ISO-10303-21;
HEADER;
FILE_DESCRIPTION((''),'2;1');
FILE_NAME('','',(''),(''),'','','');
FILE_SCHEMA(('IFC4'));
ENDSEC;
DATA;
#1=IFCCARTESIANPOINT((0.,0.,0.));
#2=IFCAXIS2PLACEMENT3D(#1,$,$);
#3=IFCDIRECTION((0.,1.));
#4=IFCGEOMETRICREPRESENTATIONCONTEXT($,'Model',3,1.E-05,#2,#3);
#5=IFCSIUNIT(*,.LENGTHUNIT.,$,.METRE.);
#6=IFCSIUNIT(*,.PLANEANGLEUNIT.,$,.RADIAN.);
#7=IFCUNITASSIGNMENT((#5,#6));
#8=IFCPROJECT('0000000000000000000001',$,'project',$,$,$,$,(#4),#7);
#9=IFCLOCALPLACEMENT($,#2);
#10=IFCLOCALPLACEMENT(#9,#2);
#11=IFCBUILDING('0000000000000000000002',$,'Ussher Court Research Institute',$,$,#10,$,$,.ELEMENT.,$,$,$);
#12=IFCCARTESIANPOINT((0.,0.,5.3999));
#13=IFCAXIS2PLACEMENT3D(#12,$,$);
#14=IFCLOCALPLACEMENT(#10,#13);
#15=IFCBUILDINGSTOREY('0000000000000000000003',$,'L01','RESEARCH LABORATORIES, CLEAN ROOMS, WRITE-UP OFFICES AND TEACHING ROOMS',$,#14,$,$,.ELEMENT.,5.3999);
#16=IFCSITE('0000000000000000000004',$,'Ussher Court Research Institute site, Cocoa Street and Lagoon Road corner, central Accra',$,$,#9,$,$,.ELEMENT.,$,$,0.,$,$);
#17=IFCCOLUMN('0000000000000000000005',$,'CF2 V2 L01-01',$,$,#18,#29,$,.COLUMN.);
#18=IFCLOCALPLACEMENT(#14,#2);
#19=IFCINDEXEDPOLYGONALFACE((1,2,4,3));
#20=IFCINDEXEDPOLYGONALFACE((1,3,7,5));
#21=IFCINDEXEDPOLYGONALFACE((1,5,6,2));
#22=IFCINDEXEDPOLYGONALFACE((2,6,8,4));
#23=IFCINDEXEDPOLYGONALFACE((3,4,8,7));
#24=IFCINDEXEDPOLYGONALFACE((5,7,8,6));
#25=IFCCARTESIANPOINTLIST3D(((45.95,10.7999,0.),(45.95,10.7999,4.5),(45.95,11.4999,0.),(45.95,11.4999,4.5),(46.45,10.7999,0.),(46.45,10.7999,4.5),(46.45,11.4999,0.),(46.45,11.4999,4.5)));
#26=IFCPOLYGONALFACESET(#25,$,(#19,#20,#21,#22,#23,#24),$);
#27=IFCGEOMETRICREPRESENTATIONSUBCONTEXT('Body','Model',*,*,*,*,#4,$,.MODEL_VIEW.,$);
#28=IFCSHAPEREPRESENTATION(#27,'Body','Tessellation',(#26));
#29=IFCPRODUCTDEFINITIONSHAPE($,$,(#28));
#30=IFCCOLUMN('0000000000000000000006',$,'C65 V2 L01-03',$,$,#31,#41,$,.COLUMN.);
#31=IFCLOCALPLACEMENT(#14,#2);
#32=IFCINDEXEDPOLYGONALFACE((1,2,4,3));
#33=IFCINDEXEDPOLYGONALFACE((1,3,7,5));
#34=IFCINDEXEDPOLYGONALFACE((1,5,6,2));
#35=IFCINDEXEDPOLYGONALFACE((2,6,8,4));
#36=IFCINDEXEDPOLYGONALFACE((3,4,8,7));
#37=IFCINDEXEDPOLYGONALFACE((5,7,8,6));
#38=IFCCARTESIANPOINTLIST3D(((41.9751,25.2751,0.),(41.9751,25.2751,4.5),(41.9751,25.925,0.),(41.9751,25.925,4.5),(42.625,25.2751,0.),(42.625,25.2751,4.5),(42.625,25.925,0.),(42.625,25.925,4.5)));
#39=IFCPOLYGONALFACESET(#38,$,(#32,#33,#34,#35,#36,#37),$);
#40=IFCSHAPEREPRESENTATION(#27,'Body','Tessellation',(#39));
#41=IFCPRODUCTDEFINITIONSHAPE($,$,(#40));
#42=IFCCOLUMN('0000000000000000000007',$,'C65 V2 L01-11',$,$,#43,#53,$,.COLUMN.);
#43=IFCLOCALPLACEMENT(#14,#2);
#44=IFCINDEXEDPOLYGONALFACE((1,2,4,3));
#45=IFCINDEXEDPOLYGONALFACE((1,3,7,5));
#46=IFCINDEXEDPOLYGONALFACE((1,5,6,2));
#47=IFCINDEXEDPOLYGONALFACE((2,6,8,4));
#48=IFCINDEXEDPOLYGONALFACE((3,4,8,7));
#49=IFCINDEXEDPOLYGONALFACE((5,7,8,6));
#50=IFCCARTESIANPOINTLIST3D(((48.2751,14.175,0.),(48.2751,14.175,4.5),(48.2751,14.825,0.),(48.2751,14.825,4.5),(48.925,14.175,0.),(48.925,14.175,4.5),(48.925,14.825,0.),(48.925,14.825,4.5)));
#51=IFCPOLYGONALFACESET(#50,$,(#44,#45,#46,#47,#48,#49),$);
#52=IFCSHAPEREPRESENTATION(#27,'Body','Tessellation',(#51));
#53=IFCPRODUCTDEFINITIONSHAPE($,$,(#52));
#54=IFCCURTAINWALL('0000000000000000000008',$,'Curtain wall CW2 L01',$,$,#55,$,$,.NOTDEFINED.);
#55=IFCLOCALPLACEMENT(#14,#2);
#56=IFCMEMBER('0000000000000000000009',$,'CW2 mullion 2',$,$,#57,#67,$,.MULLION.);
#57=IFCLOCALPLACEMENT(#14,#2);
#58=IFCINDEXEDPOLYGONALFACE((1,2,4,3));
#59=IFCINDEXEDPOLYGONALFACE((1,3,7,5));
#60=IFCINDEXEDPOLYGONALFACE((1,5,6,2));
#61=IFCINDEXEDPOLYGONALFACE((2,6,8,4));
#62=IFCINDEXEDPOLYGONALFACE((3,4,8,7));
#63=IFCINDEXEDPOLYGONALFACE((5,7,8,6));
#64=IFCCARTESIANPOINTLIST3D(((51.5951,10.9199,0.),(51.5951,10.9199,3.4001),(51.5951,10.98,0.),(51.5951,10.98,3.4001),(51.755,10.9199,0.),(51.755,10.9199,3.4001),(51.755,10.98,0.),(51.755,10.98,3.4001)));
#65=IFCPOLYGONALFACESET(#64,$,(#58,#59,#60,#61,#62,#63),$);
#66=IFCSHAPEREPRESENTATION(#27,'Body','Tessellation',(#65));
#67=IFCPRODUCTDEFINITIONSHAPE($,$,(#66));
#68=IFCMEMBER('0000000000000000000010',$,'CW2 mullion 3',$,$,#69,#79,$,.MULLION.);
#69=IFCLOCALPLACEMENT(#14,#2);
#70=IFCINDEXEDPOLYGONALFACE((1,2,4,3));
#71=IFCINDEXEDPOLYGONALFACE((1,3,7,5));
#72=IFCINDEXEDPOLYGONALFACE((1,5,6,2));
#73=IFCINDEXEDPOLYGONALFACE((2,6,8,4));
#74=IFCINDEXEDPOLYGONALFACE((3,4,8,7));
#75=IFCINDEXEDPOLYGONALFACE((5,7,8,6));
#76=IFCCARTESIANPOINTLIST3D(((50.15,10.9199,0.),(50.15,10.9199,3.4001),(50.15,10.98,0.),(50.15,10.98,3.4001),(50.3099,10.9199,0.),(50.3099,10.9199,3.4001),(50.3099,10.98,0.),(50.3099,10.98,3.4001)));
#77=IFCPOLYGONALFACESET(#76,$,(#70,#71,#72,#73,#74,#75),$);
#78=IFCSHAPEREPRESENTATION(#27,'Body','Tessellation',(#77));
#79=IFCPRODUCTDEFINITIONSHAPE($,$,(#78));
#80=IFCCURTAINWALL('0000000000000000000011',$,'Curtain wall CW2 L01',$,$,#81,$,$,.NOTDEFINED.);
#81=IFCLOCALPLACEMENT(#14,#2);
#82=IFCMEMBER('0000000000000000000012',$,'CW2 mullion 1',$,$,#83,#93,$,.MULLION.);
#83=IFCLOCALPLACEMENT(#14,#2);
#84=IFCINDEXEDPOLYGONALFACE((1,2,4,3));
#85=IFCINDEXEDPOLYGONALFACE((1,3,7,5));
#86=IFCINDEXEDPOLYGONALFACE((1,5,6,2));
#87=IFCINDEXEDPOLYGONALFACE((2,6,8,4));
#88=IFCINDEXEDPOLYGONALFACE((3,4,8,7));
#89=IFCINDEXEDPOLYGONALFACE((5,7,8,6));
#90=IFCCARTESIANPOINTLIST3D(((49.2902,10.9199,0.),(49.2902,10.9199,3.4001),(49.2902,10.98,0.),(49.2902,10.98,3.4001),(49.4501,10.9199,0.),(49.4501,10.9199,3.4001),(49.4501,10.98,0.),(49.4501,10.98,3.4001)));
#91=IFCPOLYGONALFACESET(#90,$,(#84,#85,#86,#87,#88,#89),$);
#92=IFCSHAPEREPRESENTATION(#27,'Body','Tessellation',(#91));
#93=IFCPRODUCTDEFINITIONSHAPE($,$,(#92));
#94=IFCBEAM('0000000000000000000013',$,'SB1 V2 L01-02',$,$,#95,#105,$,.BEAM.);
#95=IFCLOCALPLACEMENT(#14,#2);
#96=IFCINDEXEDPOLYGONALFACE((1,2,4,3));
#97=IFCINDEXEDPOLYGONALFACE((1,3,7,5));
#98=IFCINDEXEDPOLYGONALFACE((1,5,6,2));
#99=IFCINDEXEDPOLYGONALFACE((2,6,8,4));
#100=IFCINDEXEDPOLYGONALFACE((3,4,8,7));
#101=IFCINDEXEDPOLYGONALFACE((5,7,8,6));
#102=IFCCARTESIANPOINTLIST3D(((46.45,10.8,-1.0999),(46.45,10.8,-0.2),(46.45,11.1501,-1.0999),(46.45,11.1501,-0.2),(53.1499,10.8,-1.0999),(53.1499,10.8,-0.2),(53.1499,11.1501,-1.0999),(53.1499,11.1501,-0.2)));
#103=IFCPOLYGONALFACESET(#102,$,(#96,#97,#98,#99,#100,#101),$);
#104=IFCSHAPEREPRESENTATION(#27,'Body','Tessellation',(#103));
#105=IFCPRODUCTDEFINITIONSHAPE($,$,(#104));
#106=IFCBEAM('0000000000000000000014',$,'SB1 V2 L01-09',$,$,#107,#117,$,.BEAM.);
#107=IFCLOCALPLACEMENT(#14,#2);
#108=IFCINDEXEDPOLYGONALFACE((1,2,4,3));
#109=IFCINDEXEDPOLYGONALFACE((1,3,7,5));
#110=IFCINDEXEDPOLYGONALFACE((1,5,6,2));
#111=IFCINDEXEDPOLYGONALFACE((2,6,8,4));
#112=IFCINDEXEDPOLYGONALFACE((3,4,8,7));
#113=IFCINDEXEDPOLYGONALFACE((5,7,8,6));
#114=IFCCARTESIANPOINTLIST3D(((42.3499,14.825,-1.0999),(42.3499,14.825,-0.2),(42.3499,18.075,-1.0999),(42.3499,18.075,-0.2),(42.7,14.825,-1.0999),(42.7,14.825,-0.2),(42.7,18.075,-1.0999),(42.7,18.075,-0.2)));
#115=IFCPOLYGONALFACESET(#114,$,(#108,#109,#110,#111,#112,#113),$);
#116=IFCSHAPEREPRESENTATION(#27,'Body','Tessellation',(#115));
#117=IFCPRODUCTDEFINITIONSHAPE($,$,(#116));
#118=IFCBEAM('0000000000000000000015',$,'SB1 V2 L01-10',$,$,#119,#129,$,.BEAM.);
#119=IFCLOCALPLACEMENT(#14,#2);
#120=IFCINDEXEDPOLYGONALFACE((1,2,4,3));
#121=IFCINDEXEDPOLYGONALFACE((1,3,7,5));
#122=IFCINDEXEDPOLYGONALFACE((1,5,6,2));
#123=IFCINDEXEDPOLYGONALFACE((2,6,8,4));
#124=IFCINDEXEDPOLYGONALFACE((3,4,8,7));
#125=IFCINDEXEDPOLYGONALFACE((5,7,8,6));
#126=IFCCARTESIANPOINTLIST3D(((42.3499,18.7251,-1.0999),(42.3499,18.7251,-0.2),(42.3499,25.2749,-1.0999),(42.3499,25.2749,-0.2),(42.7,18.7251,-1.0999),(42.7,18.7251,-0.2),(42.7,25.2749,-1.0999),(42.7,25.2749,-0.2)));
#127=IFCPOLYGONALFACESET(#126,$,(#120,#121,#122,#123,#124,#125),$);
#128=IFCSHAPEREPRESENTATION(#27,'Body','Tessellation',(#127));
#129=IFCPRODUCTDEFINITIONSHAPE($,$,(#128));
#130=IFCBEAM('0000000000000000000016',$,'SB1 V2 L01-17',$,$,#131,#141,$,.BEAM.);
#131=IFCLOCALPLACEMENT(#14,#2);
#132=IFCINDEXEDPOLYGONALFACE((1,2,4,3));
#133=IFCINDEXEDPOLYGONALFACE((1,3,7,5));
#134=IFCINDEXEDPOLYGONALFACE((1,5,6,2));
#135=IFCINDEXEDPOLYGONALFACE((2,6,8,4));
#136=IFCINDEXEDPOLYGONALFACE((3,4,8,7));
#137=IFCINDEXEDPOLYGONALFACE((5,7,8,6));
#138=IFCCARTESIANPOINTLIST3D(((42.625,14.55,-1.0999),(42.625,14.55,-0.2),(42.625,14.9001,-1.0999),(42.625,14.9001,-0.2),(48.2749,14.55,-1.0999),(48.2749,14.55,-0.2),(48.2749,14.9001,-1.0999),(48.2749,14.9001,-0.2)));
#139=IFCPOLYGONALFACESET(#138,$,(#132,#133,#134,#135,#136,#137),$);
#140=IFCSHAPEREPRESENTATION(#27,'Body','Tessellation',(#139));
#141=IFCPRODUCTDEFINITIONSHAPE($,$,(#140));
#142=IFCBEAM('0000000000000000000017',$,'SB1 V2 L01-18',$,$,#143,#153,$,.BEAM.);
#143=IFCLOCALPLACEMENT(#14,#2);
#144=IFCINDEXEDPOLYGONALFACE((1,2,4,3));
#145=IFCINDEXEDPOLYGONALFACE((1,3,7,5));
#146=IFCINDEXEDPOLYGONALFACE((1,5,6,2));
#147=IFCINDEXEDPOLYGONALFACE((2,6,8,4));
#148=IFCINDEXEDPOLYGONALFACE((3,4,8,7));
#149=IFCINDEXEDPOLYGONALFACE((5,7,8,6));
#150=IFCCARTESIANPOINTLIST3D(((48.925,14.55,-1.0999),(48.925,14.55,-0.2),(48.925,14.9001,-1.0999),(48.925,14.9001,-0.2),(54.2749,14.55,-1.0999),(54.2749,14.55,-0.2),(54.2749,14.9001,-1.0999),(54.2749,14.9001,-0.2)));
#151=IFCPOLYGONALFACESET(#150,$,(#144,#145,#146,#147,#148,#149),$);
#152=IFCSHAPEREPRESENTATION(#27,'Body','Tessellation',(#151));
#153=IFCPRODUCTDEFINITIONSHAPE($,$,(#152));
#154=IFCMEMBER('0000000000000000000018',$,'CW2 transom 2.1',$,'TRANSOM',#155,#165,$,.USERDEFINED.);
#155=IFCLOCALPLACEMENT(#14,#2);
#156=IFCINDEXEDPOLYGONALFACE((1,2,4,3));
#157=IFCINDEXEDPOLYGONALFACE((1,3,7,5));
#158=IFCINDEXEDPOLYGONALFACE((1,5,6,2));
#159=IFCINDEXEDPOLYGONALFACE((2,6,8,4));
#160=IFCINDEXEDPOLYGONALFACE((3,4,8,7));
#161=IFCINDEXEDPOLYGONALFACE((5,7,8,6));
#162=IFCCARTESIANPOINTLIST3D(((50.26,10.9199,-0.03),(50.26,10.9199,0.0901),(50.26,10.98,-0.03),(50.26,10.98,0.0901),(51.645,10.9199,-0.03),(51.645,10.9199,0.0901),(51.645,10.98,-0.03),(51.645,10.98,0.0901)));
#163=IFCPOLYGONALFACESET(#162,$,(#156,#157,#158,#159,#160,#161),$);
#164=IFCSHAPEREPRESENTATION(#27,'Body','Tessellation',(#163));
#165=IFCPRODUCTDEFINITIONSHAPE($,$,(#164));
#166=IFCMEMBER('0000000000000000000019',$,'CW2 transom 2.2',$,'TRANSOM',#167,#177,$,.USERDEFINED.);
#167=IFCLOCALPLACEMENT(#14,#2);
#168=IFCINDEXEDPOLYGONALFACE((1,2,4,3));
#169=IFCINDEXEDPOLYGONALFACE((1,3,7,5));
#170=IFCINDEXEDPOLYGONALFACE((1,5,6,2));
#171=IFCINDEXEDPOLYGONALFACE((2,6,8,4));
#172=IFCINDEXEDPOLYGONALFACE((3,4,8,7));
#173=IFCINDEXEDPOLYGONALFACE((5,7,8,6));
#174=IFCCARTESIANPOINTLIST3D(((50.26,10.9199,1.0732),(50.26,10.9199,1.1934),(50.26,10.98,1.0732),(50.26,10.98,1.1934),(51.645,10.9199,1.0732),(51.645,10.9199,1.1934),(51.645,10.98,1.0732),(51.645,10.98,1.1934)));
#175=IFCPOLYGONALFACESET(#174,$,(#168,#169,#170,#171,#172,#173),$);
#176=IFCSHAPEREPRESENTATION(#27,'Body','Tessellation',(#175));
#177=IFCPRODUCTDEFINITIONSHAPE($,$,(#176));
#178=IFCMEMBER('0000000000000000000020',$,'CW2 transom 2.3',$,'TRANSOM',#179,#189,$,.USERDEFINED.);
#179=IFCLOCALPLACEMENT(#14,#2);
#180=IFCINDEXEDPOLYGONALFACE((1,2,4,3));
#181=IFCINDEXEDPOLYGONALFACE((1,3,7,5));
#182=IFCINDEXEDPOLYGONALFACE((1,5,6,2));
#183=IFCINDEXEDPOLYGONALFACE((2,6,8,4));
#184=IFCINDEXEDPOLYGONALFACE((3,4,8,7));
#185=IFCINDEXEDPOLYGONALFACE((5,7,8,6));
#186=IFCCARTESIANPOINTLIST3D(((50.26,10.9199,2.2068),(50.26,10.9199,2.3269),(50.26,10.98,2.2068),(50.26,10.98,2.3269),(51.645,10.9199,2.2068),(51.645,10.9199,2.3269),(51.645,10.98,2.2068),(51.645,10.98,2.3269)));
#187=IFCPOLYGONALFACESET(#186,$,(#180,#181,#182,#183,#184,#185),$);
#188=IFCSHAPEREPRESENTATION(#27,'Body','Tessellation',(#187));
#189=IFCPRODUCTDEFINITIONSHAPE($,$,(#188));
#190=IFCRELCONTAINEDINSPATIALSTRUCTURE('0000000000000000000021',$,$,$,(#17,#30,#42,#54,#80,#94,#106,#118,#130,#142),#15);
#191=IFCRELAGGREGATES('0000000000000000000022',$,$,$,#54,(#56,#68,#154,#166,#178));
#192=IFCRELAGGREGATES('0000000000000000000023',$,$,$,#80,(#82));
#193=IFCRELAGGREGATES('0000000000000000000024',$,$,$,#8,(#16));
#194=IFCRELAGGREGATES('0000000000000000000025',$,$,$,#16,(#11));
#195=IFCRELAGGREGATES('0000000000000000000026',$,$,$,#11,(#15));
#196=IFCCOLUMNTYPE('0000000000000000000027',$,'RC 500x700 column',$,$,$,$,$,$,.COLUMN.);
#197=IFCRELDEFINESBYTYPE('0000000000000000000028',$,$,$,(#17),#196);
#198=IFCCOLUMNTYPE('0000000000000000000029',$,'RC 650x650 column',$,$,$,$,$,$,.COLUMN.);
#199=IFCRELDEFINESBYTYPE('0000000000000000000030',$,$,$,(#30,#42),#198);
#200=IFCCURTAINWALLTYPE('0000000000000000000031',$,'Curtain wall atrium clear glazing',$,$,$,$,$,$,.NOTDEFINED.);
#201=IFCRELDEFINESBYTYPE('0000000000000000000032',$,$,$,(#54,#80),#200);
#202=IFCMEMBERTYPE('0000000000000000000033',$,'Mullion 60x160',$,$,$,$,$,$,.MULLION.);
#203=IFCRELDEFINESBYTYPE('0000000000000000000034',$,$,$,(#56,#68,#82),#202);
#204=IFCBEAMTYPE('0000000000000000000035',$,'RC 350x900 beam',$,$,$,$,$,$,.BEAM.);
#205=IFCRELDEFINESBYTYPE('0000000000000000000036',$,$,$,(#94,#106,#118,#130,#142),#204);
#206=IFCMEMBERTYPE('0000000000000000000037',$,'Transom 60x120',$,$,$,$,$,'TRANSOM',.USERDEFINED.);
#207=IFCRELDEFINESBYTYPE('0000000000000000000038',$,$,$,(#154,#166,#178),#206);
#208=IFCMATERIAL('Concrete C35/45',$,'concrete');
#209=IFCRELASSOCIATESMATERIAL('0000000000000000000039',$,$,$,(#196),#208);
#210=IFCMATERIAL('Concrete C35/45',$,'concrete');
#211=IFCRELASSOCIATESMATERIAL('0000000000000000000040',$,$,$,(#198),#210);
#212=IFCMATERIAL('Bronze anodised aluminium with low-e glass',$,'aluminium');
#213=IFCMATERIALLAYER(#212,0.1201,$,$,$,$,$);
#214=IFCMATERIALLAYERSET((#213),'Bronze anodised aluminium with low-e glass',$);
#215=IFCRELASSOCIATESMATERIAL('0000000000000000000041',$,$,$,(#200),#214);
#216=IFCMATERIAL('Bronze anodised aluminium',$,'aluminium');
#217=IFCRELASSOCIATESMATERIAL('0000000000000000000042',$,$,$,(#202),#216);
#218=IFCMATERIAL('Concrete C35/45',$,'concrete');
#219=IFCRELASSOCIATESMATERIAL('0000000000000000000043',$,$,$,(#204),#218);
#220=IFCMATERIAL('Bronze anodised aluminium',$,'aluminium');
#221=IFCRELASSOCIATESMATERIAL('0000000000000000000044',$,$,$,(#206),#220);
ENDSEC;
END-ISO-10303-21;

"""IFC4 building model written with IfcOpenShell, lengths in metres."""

from ifc_helpers import new_model, si_unit, direction, frame, origin, origin_2d, place, context, subcontext, project, spatial, rectangle, extrude, material, layer, layer_set, material_profile, profile_set, type_object, element, aggregate, save


model = new_model("IFC4")

# Units and contexts
model_context = context("Model", 3, precision=1e-05, world=origin(), true_north=direction((0.0, 1.0)))
body_context = subcontext(model_context, "Body", "Model", "MODEL_VIEW")
ifc_project = project(units=[si_unit("LENGTHUNIT", "METRE"), si_unit("PLANEANGLEUNIT", "RADIAN")], contexts=[model_context])

# Site, building, storey
site_placement = place(None, origin())
site = spatial("IfcSite", under=ifc_project, at=site_placement, Name="Ussher Court Research Institute site, Cocoa Street and Lagoon Road corner, central Accra", CompositionType="ELEMENT", RefElevation=0.0)
building_placement = place(site_placement, origin())
building = spatial("IfcBuilding", under=site, at=building_placement, Name="Ussher Court Research Institute", CompositionType="ELEMENT")
storey_placement = place(building_placement, frame((0.0, 0.0, 5.3999)))
storey = spatial("IfcBuildingStorey", under=building, at=storey_placement, Name="L01", Description="RESEARCH LABORATORIES, CLEAN ROOMS, WRITE-UP OFFICES AND TEACHING ROOMS", CompositionType="ELEMENT", Elevation=5.3999)

# Columns
ifc_material_1 = material(Name="Concrete C35/45", Category="concrete")
ifc_material_profile_1 = material_profile(ifc_material_1, rectangle(XDim=0.5, YDim=0.7, at=origin_2d()), Name="RC 500x700")
ifc_profile_set_1 = profile_set([ifc_material_profile_1], Name="Concrete C35/45")
column_type_1 = type_object("IfcColumnType", Name="RC 500x700 column", PredefinedType="COLUMN", material=ifc_profile_set_1)
column_placement = place(storey_placement, frame((46.2, 11.1499, 0.0), z_axis=(0.0, 0.0, 1.0), x_axis=(1.0, 0.0, 0.0)))
element("IfcColumn", 1, at=column_placement, inside=storey, type_object=column_type_1, Name="CF2 V2 L01-01", PredefinedType="COLUMN", context=body_context, shape_type="SweptSolid", body=[
    extrude(rectangle(XDim=0.5, YDim=0.7, at=origin_2d()), origin(), (0.0, 0.0, 1.0), 4.5),
])
ifc_material_2 = material(Name="Concrete C35/45", Category="concrete")
ifc_material_profile_2 = material_profile(ifc_material_2, rectangle(XDim=0.6499, YDim=0.6499, at=origin_2d()), Name="RC 650x650")
ifc_profile_set_2 = profile_set([ifc_material_profile_2], Name="Concrete C35/45")
column_type_2 = type_object("IfcColumnType", Name="RC 650x650 column", PredefinedType="COLUMN", material=ifc_profile_set_2)
for number, where, z_axis, x_axis, name in (
    (2, (42.3, 25.6001, 0.0), (0.0, 0.0, 1.0), (1.0, 0.0, 0.0), "C65 V2 L01-03"),
    (3, (48.6001, 14.5, 0.0), (0.0, 0.0, 1.0), (1.0, 0.0, 0.0), "C65 V2 L01-11"),
):
    element("IfcColumn", number, at=place(storey_placement, frame(where, z_axis=z_axis, x_axis=x_axis)), inside=storey, type_object=column_type_2, Name=name, PredefinedType="COLUMN", context=body_context, shape_type="SweptSolid", body=[
        extrude(rectangle(XDim=0.6499, YDim=0.6499, at=origin_2d()), origin(), (0.0, 0.0, 1.0), 4.5),
    ])

# Curtain wall, members
ifc_material_3 = material(Name="Bronze anodised aluminium with low-e glass", Category="aluminium")
ifc_layer_1 = layer(ifc_material_3, 0.1201)
ifc_layer_set_1 = layer_set([ifc_layer_1], Name="Bronze anodised aluminium with low-e glass")
curtain_wall_type = type_object("IfcCurtainWallType", Name="Curtain wall atrium clear glazing", PredefinedType="NOTDEFINED", material=ifc_layer_set_1)
curtain_wall_1_placement = place(storey_placement, origin())
curtain_wall_1 = element("IfcCurtainWall", 4, at=curtain_wall_1_placement, inside=storey, type_object=curtain_wall_type, Name="Curtain wall CW2 L01", PredefinedType="NOTDEFINED")
ifc_material_4 = material(Name="Bronze anodised aluminium", Category="aluminium")
ifc_material_profile_3 = material_profile(ifc_material_4, rectangle(XDim=0.0601, YDim=0.1599, at=origin_2d()), Name="Mullion 60x160")
ifc_profile_set_3 = profile_set([ifc_material_profile_3], Name="Bronze anodised aluminium")
member_type_1 = type_object("IfcMemberType", Name="Mullion 60x160", PredefinedType="MULLION", material=ifc_profile_set_3)
member_1_placement = place(storey_placement, frame((51.675, 10.95, 0.0), z_axis=(0.0, 0.0, 1.0), x_axis=(0.0, -1.0, 0.0)))
member_1 = element("IfcMember", 5, at=member_1_placement, type_object=member_type_1, Name="CW2 mullion 2", PredefinedType="MULLION", context=body_context, shape_type="SweptSolid", body=[
    extrude(rectangle(XDim=0.0601, YDim=0.1599, at=origin_2d()), origin(), (0.0, 0.0, 1.0), 3.4001),
])
member_2_placement = place(storey_placement, frame((50.23, 10.95, 0.0), z_axis=(0.0, 0.0, 1.0), x_axis=(0.0, -1.0, 0.0)))
member_2 = element("IfcMember", 6, at=member_2_placement, type_object=member_type_1, Name="CW2 mullion 3", PredefinedType="MULLION", context=body_context, shape_type="SweptSolid", body=[
    extrude(rectangle(XDim=0.0601, YDim=0.1599, at=origin_2d()), origin(), (0.0, 0.0, 1.0), 3.4001),
])

# Curtain wall, member
curtain_wall_2_placement = place(storey_placement, origin())
curtain_wall_2 = element("IfcCurtainWall", 7, at=curtain_wall_2_placement, inside=storey, type_object=curtain_wall_type, Name="Curtain wall CW2 L01", PredefinedType="NOTDEFINED")
member_3_placement = place(storey_placement, frame((49.3701, 10.95, 0.0), z_axis=(0.0, 0.0, 1.0), x_axis=(0.0, -1.0, 0.0)))
member_3 = element("IfcMember", 8, at=member_3_placement, type_object=member_type_1, Name="CW2 mullion 1", PredefinedType="MULLION", context=body_context, shape_type="SweptSolid", body=[
    extrude(rectangle(XDim=0.0601, YDim=0.1599, at=origin_2d()), origin(), (0.0, 0.0, 1.0), 3.4001),
])

# Beams
ifc_material_5 = material(Name="Concrete C35/45", Category="concrete")
ifc_material_profile_4 = material_profile(ifc_material_5, rectangle(XDim=0.3501, YDim=0.8999, at=origin_2d()), Name="RC 350x900")
ifc_profile_set_4 = profile_set([ifc_material_profile_4], Name="Concrete C35/45")
beam_type = type_object("IfcBeamType", Name="RC 350x900 beam", PredefinedType="BEAM", material=ifc_profile_set_4)
beam_1_placement = place(storey_placement, frame((46.45, 10.9751, -0.6499), z_axis=(1.0, 0.0, 0.0), x_axis=(0.0, 1.0, 0.0)))
element("IfcBeam", 9, at=beam_1_placement, inside=storey, type_object=beam_type, Name="SB1 V2 L01-02", PredefinedType="BEAM", context=body_context, shape_type="SweptSolid", body=[
    extrude(rectangle(XDim=0.3501, YDim=0.8999, at=origin_2d()), origin(), (0.0, 0.0, 1.0), 6.7),
])
beam_2_placement = place(storey_placement, frame((42.5249, 14.825, -0.6499), z_axis=(0.0, 1.0, 0.0), x_axis=(-1.0, 0.0, 0.0)))
element("IfcBeam", 10, at=beam_2_placement, inside=storey, type_object=beam_type, Name="SB1 V2 L01-09", PredefinedType="BEAM", context=body_context, shape_type="SweptSolid", body=[
    extrude(rectangle(XDim=0.3501, YDim=0.8999, at=origin_2d()), origin(), (0.0, 0.0, 1.0), 3.25),
])
beam_3_placement = place(storey_placement, frame((42.5249, 18.7251, -0.6499), z_axis=(0.0, 1.0, 0.0), x_axis=(-1.0, 0.0, 0.0)))
element("IfcBeam", 11, at=beam_3_placement, inside=storey, type_object=beam_type, Name="SB1 V2 L01-10", PredefinedType="BEAM", context=body_context, shape_type="SweptSolid", body=[
    extrude(rectangle(XDim=0.3501, YDim=0.8999, at=origin_2d()), origin(), (0.0, 0.0, 1.0), 6.5498),
])
beam_4_placement = place(storey_placement, frame((42.625, 14.7251, -0.6499), z_axis=(1.0, 0.0, 0.0), x_axis=(0.0, 1.0, 0.0)))
element("IfcBeam", 12, at=beam_4_placement, inside=storey, type_object=beam_type, Name="SB1 V2 L01-17", PredefinedType="BEAM", context=body_context, shape_type="SweptSolid", body=[
    extrude(rectangle(XDim=0.3501, YDim=0.8999, at=origin_2d()), origin(), (0.0, 0.0, 1.0), 5.6499),
])
beam_5_placement = place(storey_placement, frame((48.925, 14.7251, -0.6499), z_axis=(1.0, 0.0, 0.0), x_axis=(0.0, 1.0, 0.0)))
element("IfcBeam", 13, at=beam_5_placement, inside=storey, type_object=beam_type, Name="SB1 V2 L01-18", PredefinedType="BEAM", context=body_context, shape_type="SweptSolid", body=[
    extrude(rectangle(XDim=0.3501, YDim=0.8999, at=origin_2d()), origin(), (0.0, 0.0, 1.0), 5.3499),
])

# Members
ifc_material_6 = material(Name="Bronze anodised aluminium", Category="aluminium")
ifc_material_profile_5 = material_profile(ifc_material_6, rectangle(XDim=0.0601, YDim=0.1201, at=origin_2d()), Name="Transom 60x120")
ifc_profile_set_5 = profile_set([ifc_material_profile_5], Name="Bronze anodised aluminium")
member_type_2 = type_object("IfcMemberType", Name="Transom 60x120", ElementType="TRANSOM", PredefinedType="USERDEFINED", material=ifc_profile_set_5)
member_4_placement = place(storey_placement, frame((51.645, 10.95, 0.03), z_axis=(-1.0, 0.0, 0.0), x_axis=(0.0, -1.0, 0.0)))
member_4 = element("IfcMember", 14, at=member_4_placement, type_object=member_type_2, Name="CW2 transom 2.1", ObjectType="TRANSOM", PredefinedType="USERDEFINED", context=body_context, shape_type="SweptSolid", body=[
    extrude(rectangle(XDim=0.0601, YDim=0.1201, at=origin_2d()), origin(), (0.0, 0.0, 1.0), 1.385),
])
member_5_placement = place(storey_placement, frame((51.645, 10.95, 1.1333), z_axis=(-1.0, 0.0, 0.0), x_axis=(0.0, -1.0, 0.0)))
member_5 = element("IfcMember", 15, at=member_5_placement, type_object=member_type_2, Name="CW2 transom 2.2", ObjectType="TRANSOM", PredefinedType="USERDEFINED", context=body_context, shape_type="SweptSolid", body=[
    extrude(rectangle(XDim=0.0601, YDim=0.1201, at=origin_2d()), origin(), (0.0, 0.0, 1.0), 1.385),
])
member_6_placement = place(storey_placement, frame((51.645, 10.95, 2.2668), z_axis=(-1.0, 0.0, 0.0), x_axis=(0.0, -1.0, 0.0)))
member_6 = element("IfcMember", 16, at=member_6_placement, type_object=member_type_2, Name="CW2 transom 2.3", ObjectType="TRANSOM", PredefinedType="USERDEFINED", context=body_context, shape_type="SweptSolid", body=[
    extrude(rectangle(XDim=0.0601, YDim=0.1201, at=origin_2d()), origin(), (0.0, 0.0, 1.0), 1.385),
])

aggregate(curtain_wall_1, [member_1, member_2, member_4, member_5, member_6])
aggregate(curtain_wall_2, [member_3])

save(model, "model.ifc")
